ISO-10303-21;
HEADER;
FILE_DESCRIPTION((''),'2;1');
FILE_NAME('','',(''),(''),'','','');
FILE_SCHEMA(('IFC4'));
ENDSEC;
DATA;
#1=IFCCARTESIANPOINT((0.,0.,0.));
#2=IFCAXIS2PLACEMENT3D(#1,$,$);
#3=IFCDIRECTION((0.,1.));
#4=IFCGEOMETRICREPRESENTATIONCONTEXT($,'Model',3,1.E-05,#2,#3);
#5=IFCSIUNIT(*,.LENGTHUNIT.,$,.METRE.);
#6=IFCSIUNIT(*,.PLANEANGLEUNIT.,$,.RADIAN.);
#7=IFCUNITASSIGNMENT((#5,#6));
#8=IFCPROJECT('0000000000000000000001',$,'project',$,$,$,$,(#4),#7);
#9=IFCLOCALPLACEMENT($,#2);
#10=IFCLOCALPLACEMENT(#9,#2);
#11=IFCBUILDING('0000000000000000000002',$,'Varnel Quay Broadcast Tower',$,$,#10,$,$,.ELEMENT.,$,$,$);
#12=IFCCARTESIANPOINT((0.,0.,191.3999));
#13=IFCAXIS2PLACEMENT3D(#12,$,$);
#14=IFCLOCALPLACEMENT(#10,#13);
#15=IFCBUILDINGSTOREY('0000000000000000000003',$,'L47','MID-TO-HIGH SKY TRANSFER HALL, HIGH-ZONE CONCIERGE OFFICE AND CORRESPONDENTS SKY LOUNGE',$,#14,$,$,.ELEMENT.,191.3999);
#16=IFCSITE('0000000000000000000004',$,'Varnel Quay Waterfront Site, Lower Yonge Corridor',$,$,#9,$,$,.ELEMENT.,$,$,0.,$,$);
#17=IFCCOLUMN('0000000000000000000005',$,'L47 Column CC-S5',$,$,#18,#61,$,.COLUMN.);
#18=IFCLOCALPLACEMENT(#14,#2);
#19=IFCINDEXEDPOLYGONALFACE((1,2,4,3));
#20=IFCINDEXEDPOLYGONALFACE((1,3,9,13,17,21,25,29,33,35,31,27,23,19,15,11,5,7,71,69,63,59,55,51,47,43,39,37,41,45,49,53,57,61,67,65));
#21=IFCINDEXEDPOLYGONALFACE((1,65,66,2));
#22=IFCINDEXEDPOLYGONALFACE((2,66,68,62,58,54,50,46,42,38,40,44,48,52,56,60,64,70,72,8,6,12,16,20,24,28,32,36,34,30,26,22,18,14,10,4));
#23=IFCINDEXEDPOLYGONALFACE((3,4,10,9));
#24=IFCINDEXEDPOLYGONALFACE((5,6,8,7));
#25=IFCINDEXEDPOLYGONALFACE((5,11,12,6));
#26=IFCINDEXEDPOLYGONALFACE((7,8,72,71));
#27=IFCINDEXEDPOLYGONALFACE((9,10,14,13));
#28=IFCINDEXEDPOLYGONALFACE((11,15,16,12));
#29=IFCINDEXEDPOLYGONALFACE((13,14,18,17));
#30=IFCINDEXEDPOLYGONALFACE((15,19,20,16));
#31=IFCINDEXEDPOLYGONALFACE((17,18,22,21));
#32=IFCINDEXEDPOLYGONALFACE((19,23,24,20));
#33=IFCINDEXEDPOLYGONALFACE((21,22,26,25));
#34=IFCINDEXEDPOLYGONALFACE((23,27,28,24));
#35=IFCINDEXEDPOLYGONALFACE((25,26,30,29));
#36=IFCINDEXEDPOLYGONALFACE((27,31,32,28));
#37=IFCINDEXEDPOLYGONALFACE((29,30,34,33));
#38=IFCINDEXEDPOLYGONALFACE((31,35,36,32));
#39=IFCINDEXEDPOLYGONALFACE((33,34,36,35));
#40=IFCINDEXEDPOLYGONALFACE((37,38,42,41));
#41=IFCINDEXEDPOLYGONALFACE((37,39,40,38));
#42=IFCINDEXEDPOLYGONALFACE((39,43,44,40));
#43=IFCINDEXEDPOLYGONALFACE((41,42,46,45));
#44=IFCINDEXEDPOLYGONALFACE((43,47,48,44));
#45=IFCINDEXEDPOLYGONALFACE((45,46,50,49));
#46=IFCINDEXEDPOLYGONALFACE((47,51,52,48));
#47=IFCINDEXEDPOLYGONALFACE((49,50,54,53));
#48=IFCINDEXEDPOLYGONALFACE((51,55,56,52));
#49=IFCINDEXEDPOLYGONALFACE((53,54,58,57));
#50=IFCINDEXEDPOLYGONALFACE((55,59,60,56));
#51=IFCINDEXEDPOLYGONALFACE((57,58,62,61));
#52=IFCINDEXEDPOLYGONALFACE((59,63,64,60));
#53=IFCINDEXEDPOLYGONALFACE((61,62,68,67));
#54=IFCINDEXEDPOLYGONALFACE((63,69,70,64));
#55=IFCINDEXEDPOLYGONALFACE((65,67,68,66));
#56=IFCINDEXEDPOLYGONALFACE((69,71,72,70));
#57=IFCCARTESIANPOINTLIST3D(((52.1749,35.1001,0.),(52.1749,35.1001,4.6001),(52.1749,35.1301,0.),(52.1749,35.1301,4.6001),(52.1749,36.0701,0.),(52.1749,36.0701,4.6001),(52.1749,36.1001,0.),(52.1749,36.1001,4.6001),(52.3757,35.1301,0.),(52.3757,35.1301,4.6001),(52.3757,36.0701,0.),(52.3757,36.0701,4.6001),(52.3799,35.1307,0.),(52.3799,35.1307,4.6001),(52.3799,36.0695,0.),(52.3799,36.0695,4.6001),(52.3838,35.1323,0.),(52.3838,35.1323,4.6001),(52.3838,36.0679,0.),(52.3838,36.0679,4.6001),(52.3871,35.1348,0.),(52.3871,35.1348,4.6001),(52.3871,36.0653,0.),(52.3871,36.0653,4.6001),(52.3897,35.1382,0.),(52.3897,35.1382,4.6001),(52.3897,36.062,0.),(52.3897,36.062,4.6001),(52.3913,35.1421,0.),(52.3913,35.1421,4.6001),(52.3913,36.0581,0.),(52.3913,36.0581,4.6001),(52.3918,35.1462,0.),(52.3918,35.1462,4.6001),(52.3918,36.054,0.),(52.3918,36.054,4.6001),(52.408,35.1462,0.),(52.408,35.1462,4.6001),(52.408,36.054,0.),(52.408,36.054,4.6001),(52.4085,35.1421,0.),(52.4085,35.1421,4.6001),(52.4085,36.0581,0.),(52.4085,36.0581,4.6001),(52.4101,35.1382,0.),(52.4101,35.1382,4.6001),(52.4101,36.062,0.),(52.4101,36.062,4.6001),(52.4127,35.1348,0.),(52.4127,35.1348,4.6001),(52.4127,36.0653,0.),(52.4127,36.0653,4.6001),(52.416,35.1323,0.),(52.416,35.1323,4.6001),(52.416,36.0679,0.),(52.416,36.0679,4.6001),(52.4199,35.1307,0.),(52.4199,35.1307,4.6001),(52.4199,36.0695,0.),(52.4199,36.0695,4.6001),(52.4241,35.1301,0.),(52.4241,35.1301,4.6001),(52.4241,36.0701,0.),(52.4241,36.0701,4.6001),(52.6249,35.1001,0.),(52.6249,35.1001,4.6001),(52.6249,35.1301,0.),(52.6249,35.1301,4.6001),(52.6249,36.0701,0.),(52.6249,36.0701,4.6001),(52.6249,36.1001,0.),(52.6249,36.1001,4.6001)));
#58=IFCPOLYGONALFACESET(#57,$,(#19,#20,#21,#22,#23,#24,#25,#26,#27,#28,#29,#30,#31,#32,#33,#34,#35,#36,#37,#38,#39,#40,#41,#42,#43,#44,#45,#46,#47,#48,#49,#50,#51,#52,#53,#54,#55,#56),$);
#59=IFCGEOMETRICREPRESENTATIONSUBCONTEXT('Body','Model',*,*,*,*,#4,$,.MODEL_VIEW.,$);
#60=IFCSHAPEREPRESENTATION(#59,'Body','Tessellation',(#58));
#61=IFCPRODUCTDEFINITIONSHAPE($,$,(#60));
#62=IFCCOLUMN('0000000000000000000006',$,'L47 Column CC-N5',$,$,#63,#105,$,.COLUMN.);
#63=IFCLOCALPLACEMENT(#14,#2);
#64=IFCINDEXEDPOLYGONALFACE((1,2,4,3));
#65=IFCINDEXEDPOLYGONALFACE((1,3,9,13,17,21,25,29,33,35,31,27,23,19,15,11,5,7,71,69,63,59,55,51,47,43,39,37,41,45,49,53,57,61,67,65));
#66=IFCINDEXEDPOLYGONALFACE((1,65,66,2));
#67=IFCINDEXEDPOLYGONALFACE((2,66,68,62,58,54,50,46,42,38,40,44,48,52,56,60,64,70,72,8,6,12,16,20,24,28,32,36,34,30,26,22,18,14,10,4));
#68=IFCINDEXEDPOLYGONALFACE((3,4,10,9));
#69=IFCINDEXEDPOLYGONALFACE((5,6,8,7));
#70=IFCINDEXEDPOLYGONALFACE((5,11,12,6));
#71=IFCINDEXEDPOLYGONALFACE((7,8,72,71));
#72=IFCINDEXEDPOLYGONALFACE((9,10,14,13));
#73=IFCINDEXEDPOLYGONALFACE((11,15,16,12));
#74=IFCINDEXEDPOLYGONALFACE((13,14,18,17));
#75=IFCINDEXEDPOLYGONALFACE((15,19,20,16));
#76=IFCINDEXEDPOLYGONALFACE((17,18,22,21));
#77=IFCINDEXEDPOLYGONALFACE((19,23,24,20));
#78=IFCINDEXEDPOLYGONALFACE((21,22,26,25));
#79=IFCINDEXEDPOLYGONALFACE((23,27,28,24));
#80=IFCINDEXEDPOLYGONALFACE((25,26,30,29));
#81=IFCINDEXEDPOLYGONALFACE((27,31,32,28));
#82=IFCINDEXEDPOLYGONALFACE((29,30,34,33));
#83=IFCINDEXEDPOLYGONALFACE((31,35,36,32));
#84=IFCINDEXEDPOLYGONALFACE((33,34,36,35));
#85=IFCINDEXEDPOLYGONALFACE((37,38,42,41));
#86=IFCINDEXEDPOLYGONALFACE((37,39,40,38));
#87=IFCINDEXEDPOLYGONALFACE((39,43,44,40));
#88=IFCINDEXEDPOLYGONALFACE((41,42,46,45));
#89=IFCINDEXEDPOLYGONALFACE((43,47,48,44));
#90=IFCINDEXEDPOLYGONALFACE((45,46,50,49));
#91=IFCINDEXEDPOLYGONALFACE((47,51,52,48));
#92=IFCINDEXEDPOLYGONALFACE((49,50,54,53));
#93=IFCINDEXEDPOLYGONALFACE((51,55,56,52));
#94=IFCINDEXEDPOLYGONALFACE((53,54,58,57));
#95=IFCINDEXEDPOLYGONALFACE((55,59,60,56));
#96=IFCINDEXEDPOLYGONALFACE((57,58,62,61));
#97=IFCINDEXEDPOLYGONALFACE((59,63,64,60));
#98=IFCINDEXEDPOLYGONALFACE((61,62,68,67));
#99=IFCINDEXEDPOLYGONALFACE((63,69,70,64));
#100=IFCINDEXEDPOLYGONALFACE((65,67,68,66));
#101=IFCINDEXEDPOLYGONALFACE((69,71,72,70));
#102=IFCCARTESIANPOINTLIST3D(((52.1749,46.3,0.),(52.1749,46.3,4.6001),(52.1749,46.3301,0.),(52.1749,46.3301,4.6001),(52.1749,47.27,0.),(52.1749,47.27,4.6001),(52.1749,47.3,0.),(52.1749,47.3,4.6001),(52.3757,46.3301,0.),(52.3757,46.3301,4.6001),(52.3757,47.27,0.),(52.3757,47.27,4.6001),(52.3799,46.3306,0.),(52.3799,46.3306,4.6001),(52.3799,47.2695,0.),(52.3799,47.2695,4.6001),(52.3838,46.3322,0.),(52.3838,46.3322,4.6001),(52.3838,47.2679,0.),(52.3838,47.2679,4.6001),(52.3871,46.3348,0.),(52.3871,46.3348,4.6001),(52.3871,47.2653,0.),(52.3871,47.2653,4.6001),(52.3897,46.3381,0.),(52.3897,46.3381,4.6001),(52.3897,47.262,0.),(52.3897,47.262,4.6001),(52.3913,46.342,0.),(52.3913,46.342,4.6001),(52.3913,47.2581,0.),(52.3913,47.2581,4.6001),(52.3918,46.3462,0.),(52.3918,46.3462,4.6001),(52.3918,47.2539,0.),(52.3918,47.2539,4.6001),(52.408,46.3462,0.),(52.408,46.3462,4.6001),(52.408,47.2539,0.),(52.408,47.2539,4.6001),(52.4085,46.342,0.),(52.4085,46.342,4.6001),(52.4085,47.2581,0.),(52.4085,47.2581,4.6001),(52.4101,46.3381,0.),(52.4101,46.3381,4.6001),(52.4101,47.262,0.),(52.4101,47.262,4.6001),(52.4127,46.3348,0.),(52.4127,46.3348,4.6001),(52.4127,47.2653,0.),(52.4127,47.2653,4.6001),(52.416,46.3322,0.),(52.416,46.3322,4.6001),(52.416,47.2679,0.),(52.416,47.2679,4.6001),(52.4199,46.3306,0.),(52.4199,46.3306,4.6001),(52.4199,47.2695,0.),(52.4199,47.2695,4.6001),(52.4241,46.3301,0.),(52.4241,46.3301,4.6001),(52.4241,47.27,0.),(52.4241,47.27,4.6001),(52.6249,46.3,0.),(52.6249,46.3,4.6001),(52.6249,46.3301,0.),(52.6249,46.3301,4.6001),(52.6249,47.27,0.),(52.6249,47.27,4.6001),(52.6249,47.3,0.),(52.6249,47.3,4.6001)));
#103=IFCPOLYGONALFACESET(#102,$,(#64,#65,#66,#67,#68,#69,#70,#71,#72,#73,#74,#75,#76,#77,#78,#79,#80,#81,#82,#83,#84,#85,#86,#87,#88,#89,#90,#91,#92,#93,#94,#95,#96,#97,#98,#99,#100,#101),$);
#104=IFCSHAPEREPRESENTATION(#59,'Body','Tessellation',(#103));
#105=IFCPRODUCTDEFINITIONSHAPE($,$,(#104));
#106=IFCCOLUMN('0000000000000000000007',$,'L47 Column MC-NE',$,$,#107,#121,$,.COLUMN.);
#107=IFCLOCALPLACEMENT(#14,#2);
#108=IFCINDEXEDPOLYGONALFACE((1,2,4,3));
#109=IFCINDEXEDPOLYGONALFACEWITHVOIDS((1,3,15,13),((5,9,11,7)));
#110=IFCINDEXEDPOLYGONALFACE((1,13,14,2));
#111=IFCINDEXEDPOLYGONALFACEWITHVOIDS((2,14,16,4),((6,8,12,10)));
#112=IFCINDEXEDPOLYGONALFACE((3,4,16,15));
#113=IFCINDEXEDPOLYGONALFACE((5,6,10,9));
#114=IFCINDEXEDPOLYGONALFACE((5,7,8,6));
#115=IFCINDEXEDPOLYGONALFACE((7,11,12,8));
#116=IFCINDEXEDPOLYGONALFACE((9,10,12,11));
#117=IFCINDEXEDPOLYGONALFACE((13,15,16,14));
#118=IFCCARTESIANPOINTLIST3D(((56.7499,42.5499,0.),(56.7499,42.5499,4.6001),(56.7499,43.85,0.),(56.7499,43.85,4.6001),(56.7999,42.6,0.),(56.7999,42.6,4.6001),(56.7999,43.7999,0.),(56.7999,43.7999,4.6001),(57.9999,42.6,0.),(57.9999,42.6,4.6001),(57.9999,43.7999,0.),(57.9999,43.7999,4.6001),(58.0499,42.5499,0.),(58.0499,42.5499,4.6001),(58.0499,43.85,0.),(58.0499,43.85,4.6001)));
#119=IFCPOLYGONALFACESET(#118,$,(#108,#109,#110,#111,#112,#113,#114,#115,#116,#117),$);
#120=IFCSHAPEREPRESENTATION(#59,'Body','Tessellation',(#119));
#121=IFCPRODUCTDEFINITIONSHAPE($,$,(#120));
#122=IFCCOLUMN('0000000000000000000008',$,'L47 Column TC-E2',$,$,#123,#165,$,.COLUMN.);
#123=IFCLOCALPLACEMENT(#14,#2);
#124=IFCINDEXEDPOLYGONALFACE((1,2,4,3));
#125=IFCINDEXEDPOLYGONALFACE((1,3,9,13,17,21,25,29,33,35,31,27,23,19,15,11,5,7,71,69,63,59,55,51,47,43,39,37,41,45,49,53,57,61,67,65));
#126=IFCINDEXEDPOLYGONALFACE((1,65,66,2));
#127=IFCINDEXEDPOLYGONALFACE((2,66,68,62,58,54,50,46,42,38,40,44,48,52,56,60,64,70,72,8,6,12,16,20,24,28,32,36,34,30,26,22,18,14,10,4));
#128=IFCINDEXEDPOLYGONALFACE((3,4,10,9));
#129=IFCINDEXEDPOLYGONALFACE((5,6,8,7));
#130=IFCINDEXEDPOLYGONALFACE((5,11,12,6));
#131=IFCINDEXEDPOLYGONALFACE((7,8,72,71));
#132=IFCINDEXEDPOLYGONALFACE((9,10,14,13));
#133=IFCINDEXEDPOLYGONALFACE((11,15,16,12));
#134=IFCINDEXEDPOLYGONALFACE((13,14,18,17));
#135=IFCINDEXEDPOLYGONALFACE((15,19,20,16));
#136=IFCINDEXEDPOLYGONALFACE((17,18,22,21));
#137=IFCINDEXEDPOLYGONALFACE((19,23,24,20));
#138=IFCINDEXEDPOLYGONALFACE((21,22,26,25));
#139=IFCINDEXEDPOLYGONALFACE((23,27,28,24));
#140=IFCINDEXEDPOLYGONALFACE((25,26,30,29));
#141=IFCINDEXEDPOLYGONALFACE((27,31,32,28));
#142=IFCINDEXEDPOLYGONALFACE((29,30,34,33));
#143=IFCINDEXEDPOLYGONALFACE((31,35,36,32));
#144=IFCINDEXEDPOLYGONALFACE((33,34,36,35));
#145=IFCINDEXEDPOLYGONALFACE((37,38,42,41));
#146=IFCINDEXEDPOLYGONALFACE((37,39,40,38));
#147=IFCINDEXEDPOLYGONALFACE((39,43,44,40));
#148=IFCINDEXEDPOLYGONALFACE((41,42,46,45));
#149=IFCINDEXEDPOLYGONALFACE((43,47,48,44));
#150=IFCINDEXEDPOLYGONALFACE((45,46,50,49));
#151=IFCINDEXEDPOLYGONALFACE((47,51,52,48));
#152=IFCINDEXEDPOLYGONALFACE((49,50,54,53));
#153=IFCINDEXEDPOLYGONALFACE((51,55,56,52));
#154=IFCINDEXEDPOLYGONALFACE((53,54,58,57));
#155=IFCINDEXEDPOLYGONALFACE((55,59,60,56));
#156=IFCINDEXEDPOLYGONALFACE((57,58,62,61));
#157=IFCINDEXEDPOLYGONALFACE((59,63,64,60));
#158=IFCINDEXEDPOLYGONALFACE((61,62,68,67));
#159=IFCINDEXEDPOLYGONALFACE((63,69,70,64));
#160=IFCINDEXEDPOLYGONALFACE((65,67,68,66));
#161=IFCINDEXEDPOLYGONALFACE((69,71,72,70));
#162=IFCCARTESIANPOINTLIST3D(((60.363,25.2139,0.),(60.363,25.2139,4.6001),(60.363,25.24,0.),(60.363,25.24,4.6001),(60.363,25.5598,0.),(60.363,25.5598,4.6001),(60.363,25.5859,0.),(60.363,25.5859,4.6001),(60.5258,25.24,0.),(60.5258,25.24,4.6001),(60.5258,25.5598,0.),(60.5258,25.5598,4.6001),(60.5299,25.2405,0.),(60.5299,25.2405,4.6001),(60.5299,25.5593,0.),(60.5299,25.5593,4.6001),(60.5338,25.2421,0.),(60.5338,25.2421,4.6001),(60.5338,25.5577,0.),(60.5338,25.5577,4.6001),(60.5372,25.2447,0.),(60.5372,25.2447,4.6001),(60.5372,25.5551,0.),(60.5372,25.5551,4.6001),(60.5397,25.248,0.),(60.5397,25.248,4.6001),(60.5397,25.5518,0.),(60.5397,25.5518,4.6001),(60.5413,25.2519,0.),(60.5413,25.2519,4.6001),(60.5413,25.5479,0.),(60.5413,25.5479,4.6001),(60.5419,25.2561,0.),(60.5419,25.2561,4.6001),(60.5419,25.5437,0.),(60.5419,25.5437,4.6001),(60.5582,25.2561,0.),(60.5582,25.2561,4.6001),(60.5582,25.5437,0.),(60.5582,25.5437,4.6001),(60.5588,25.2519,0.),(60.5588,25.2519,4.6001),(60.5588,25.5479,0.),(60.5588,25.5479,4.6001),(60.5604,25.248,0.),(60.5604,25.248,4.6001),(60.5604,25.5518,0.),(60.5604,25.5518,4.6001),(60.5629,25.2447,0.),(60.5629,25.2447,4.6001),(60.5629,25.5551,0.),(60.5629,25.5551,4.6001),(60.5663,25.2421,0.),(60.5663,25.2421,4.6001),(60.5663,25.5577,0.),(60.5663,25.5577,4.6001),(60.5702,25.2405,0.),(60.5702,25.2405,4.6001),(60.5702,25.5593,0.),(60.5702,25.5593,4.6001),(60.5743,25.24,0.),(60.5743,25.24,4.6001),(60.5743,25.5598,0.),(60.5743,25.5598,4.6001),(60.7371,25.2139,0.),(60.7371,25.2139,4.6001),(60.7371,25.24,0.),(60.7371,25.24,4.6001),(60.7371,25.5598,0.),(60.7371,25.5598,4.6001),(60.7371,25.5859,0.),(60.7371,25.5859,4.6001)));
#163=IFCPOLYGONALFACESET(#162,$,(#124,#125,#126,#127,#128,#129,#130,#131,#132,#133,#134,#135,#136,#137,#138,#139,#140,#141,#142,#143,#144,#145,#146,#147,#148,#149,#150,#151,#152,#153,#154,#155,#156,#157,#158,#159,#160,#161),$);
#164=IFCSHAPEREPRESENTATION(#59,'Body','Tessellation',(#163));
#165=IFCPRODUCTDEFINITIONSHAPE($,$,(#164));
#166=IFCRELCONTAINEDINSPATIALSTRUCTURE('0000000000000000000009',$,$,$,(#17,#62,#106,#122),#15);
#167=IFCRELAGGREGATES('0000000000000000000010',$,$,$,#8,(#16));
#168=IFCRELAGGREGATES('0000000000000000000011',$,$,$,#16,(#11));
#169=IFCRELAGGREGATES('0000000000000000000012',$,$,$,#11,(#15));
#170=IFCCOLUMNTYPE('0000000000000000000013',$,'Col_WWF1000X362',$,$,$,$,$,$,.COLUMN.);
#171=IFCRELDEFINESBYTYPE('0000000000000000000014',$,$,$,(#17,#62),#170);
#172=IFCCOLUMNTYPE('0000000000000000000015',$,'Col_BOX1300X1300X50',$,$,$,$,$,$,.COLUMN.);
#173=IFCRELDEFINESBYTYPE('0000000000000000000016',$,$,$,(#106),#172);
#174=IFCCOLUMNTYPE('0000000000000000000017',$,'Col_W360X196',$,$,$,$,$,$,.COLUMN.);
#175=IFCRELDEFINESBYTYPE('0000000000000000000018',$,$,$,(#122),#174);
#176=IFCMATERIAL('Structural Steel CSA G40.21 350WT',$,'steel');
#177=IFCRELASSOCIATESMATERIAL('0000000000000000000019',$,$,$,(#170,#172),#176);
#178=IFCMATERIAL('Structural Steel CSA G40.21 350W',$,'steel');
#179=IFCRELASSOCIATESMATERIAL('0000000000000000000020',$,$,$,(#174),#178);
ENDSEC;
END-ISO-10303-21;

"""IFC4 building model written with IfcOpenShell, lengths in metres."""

from ifc_helpers import new_model, si_unit, direction, frame, origin, origin_2d, place, context, subcontext, project, spatial, hollow_rectangle, i_section, extrude, source, transform, mapped, material, material_profile, profile_set, type_object, type_shapes, element, save


model = new_model("IFC4")

# Units and contexts
model_context = context("Model", 3, precision=1e-05, world=origin(), true_north=direction((0.0, 1.0)))
body_context = subcontext(model_context, "Body", "Model", "MODEL_VIEW")
ifc_project = project(units=[si_unit("LENGTHUNIT", "METRE"), si_unit("PLANEANGLEUNIT", "RADIAN")], contexts=[model_context])

# Site, building, storey
site_placement = place(None, origin())
site = spatial("IfcSite", under=ifc_project, at=site_placement, Name="Varnel Quay Waterfront Site, Lower Yonge Corridor", CompositionType="ELEMENT", RefElevation=0.0)
building_placement = place(site_placement, origin())
building = spatial("IfcBuilding", under=site, at=building_placement, Name="Varnel Quay Broadcast Tower", CompositionType="ELEMENT")
storey_placement = place(building_placement, frame((0.0, 0.0, 191.3999)))
storey = spatial("IfcBuildingStorey", under=building, at=storey_placement, Name="L47", Description="MID-TO-HIGH SKY TRANSFER HALL, HIGH-ZONE CONCIERGE OFFICE AND CORRESPONDENTS SKY LOUNGE", CompositionType="ELEMENT", Elevation=191.3999)

# Columns
ifc_material_1 = material(Name="Structural Steel CSA G40.21 350WT", Category="steel")
ifc_material_profile_1 = material_profile(ifc_material_1, i_section(OverallWidth=0.45, OverallDepth=1.0, WebThickness=0.0161, FlangeThickness=0.03, FilletRadius=0.0161, at=origin_2d()), Name="WWF1000X362")
ifc_profile_set_1 = profile_set([ifc_material_profile_1], Name="Structural Steel CSA G40.21 350WT")
column_type_1 = type_object("IfcColumnType", Name="Col_WWF1000X362", PredefinedType="COLUMN", material=ifc_profile_set_1)
shared_shape_1 = source(origin(), body_context, "Body", "SweptSolid", [
    extrude(i_section(OverallWidth=0.45, OverallDepth=1.0, WebThickness=0.0161, FlangeThickness=0.03, FilletRadius=0.0161, at=origin_2d()), origin(), (0.0, 0.0, 1.0), 4.6001),
])
type_shapes(column_type_1, [shared_shape_1])
for number, where, z_axis, x_axis, name in (
    (1, (52.3999, 35.6001, 0.0), (0.0, 0.0, 1.0), (1.0, 0.0, 0.0), "L47 Column CC-S5"),
    (2, (52.3999, 46.8, 0.0), (0.0, 0.0, 1.0), (1.0, 0.0, 0.0), "L47 Column CC-N5"),
):
    element("IfcColumn", number, at=place(storey_placement, frame(where, z_axis=z_axis, x_axis=x_axis)), inside=storey, type_object=column_type_1, Name=name, PredefinedType="COLUMN", context=body_context, shape_type="MappedRepresentation", body=[
        mapped(shared_shape_1, transform((0.0, 0.0, 0.0), x_axis=(1.0, 0.0, 0.0), y_axis=(0.0, 1.0, 0.0), z_axis=(0.0, 0.0, 1.0), scale=1.0)),
    ])
ifc_material_profile_2 = material_profile(ifc_material_1, hollow_rectangle(XDim=1.3, YDim=1.3, WallThickness=0.05, at=origin_2d()), Name="BOX1300X1300X50")
ifc_profile_set_2 = profile_set([ifc_material_profile_2], Name="Structural Steel CSA G40.21 350WT")
column_type_2 = type_object("IfcColumnType", Name="Col_BOX1300X1300X50", PredefinedType="COLUMN", material=ifc_profile_set_2)
shared_shape_2 = source(origin(), body_context, "Body", "SweptSolid", [
    extrude(hollow_rectangle(XDim=1.3, YDim=1.3, WallThickness=0.05, at=origin_2d()), origin(), (0.0, 0.0, 1.0), 4.6001),
])
type_shapes(column_type_2, [shared_shape_2])
column_placement = place(storey_placement, frame((57.3999, 43.2, 0.0), z_axis=(0.0, 0.0, 1.0), x_axis=(1.0, 0.0, 0.0)))
element("IfcColumn", 3, at=column_placement, inside=storey, type_object=column_type_2, Name="L47 Column MC-NE", PredefinedType="COLUMN", context=body_context, shape_type="MappedRepresentation", body=[
    mapped(shared_shape_2, transform((0.0, 0.0, 0.0), x_axis=(1.0, 0.0, 0.0), y_axis=(0.0, 1.0, 0.0), z_axis=(0.0, 0.0, 1.0), scale=1.0)),
])
ifc_material_2 = material(Name="Structural Steel CSA G40.21 350W", Category="steel")
ifc_material_profile_3 = material_profile(ifc_material_2, i_section(OverallWidth=0.374, OverallDepth=0.3721, WebThickness=0.0164, FlangeThickness=0.0261, FilletRadius=0.0161, at=origin_2d()), Name="W360X196")
ifc_profile_set_3 = profile_set([ifc_material_profile_3], Name="Structural Steel CSA G40.21 350W")
column_type_3 = type_object("IfcColumnType", Name="Col_W360X196", PredefinedType="COLUMN", material=ifc_profile_set_3)
shared_shape_3 = source(origin(), body_context, "Body", "SweptSolid", [
    extrude(i_section(OverallWidth=0.374, OverallDepth=0.3721, WebThickness=0.0164, FlangeThickness=0.0261, FilletRadius=0.0161, at=origin_2d()), origin(), (0.0, 0.0, 1.0), 4.6001),
])
type_shapes(column_type_3, [shared_shape_3])
for number, where, z_axis, x_axis, name in (
    (4, (60.55, 25.3999, 0.0), (0.0, 0.0, 1.0), (1.0, 0.0, 0.0), "L47 Column TC-E2"),
):
    element("IfcColumn", number, at=place(storey_placement, frame(where, z_axis=z_axis, x_axis=x_axis)), inside=storey, type_object=column_type_3, Name=name, PredefinedType="COLUMN", context=body_context, shape_type="MappedRepresentation", body=[
        mapped(shared_shape_3, transform((0.0, 0.0, 0.0), x_axis=(1.0, 0.0, 0.0), y_axis=(0.0, 1.0, 0.0), z_axis=(0.0, 0.0, 1.0), scale=1.0)),
    ])

save(model, "model.ifc")
